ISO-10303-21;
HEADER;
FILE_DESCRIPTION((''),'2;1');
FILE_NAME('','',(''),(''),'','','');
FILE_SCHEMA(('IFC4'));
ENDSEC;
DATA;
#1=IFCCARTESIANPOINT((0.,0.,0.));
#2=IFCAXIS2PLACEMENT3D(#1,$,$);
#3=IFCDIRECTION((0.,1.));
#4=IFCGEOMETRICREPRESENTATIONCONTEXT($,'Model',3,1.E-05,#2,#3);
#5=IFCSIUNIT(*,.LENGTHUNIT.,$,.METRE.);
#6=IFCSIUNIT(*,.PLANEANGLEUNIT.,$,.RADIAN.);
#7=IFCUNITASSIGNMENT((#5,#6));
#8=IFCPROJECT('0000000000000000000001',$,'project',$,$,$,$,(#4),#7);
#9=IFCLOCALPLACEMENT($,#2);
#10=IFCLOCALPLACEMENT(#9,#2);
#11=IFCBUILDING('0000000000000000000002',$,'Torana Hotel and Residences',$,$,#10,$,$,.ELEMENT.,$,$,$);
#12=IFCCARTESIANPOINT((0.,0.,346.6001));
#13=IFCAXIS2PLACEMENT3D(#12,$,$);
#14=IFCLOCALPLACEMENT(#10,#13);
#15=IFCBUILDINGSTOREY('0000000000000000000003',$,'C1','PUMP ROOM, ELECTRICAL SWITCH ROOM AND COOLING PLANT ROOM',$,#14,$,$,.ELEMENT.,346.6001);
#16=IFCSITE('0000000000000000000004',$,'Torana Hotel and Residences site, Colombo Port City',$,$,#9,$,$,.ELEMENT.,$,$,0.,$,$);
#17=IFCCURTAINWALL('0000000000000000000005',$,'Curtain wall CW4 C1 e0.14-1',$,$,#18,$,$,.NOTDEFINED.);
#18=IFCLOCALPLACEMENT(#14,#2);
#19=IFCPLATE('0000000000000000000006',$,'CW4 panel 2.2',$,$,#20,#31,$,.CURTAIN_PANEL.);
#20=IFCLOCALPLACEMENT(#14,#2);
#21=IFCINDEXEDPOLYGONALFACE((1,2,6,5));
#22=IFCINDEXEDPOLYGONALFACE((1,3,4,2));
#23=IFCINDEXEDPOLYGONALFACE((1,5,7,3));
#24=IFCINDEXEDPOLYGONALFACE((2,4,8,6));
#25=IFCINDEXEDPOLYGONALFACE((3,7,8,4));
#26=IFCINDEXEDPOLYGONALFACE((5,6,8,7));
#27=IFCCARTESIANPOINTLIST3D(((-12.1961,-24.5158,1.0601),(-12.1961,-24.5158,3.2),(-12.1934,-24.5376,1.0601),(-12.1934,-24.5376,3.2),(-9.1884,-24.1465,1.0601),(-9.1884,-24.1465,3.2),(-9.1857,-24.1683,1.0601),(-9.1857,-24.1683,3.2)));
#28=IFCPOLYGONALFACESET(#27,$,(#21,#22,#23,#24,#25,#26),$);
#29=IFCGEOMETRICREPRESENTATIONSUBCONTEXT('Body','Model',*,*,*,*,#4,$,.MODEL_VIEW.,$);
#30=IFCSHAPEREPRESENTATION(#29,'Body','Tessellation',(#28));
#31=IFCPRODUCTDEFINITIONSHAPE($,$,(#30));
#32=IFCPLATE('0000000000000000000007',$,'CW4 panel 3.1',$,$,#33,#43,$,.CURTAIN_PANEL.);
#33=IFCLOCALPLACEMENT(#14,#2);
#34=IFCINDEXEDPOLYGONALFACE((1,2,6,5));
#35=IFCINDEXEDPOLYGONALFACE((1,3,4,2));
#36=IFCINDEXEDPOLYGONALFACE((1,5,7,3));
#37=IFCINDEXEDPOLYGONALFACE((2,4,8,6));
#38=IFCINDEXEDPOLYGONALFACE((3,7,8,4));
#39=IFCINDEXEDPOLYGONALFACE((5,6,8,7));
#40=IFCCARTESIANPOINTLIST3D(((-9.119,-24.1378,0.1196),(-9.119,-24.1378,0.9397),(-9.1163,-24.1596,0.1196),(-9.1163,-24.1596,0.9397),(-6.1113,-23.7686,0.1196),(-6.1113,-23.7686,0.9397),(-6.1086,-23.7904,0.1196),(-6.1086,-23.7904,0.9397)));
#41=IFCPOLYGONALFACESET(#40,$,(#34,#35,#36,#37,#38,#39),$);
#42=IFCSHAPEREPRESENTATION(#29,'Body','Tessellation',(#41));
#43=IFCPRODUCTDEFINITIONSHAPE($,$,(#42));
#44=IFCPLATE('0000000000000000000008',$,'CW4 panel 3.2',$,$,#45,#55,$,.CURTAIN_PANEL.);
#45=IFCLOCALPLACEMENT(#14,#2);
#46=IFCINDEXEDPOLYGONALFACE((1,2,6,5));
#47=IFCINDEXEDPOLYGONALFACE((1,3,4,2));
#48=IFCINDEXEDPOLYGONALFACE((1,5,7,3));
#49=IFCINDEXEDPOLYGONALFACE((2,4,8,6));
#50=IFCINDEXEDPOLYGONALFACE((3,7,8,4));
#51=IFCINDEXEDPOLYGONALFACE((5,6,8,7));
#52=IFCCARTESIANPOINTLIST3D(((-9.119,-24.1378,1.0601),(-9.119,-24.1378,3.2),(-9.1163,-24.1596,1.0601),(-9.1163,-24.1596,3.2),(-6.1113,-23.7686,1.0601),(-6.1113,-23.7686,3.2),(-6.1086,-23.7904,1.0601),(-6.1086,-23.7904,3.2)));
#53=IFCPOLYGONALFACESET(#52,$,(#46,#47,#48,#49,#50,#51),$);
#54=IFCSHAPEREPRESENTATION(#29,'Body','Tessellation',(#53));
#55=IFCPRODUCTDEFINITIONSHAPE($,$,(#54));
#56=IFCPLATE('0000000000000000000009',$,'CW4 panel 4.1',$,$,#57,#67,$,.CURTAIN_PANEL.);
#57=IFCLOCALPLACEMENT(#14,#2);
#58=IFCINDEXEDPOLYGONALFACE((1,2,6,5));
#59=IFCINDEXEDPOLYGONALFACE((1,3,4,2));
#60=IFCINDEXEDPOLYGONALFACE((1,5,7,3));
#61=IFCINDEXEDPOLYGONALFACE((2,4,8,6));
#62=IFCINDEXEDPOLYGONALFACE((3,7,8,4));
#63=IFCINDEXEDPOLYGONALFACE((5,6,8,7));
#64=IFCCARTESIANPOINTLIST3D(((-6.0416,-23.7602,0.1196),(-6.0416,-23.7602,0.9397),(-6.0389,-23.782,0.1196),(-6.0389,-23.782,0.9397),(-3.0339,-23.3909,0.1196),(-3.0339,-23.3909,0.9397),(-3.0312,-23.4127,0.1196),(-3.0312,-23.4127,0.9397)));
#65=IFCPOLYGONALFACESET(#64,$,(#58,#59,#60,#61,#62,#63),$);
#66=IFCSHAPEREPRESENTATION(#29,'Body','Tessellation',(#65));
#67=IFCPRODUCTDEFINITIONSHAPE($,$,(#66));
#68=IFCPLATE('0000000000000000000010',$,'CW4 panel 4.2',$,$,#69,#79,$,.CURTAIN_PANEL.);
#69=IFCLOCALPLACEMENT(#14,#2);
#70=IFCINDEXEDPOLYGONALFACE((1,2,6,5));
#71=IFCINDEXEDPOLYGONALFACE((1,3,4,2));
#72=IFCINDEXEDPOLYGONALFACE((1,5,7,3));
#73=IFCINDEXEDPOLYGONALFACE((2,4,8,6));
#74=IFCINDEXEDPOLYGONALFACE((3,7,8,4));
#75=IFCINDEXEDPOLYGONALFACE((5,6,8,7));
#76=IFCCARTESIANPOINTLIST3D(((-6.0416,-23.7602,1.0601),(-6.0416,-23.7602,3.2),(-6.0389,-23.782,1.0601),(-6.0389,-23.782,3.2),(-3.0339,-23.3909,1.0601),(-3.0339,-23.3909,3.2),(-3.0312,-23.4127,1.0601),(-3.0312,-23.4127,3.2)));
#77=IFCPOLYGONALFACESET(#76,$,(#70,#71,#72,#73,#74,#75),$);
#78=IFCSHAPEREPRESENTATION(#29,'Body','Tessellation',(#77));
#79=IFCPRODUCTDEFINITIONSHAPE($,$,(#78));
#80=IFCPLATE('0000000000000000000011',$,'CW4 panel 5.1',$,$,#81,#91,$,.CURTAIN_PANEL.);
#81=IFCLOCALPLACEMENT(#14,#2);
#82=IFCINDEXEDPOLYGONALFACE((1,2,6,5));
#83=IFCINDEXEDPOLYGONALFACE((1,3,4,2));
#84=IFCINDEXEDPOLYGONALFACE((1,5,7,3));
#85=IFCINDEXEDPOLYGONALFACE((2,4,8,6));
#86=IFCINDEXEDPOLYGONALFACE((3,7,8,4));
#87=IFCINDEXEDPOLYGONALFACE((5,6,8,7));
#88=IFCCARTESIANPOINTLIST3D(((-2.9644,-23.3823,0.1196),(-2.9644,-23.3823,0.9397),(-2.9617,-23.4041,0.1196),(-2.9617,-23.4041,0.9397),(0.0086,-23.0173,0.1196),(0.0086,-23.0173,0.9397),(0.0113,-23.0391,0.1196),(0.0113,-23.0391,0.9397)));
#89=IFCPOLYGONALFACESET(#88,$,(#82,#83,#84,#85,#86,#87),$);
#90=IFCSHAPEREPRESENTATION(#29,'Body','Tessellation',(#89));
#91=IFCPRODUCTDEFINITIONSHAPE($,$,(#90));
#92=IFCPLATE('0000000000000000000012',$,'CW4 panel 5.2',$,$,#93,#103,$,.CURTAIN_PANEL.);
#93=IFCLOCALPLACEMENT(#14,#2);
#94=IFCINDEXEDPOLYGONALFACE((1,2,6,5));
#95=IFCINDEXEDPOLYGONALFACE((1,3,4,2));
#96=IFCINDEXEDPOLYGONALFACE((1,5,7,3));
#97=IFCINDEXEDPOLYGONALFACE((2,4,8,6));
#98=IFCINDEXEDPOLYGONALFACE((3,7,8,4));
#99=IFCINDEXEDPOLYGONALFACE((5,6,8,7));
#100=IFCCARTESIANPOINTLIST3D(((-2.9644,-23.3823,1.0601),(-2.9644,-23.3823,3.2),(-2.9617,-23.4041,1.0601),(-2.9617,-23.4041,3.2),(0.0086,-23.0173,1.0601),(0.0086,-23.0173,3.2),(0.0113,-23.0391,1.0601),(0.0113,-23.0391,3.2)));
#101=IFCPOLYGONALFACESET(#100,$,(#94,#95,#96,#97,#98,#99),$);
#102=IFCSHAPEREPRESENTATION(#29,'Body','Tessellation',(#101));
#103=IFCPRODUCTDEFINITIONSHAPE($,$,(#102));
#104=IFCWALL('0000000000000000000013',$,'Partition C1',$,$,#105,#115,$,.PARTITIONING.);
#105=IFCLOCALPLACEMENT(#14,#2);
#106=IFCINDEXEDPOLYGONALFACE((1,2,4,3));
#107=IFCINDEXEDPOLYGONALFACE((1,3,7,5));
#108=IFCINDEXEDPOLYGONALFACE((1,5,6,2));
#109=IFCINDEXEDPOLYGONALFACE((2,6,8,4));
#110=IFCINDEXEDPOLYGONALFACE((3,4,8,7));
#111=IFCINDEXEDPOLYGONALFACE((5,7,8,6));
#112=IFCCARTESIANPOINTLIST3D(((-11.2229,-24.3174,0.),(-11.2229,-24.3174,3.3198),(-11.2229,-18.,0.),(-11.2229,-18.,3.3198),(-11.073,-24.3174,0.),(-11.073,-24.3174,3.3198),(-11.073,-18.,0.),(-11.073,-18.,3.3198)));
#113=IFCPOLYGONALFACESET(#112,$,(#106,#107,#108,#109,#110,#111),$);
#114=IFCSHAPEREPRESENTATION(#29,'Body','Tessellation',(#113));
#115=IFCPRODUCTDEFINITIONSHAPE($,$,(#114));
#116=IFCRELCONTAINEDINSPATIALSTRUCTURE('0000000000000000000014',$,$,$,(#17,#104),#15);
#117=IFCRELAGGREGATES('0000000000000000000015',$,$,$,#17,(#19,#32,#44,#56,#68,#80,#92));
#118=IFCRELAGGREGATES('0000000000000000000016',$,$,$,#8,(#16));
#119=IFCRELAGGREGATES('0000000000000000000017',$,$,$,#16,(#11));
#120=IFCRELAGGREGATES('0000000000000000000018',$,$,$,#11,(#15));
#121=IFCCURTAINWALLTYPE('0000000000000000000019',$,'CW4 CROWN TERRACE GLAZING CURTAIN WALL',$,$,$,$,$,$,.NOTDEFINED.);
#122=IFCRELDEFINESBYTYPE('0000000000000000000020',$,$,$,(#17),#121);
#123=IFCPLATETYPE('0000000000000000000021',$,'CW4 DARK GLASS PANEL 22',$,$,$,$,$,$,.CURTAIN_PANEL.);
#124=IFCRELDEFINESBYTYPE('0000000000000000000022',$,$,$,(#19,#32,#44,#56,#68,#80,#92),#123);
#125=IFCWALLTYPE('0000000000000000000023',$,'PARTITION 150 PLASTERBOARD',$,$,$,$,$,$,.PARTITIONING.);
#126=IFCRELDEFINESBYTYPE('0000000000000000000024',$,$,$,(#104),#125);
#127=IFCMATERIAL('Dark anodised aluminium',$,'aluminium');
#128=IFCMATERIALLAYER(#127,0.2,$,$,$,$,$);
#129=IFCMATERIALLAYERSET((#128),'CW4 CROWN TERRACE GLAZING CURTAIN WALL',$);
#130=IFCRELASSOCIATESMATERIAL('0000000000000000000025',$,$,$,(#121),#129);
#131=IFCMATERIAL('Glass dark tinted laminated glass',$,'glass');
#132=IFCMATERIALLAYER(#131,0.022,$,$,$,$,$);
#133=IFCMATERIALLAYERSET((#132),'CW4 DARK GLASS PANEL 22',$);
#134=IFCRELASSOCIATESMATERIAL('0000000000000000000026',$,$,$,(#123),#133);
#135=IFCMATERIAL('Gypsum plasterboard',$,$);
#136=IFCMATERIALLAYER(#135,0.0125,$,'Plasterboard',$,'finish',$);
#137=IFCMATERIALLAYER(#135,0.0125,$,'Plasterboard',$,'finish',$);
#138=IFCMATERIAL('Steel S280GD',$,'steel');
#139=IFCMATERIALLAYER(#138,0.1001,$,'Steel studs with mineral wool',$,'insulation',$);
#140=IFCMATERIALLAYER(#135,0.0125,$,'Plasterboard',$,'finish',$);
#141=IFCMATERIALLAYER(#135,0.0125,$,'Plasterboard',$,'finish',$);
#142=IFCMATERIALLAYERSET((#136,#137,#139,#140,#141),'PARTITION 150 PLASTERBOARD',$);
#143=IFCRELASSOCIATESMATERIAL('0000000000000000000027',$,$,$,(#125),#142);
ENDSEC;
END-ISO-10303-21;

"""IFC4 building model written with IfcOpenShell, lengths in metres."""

from ifc_helpers import new_model, si_unit, direction, frame, frame_2d, origin, origin_2d, place, context, subcontext, project, spatial, rectangle, extrude, material, layer, layer_set, type_object, element, aggregate, save


model = new_model("IFC4")

# Units and contexts
model_context = context("Model", 3, precision=1e-05, world=origin(), true_north=direction((0.0, 1.0)))
body_context = subcontext(model_context, "Body", "Model", "MODEL_VIEW")
ifc_project = project(units=[si_unit("LENGTHUNIT", "METRE"), si_unit("PLANEANGLEUNIT", "RADIAN")], contexts=[model_context])

# Site, building, storey
site_placement = place(None, origin())
site = spatial("IfcSite", under=ifc_project, at=site_placement, Name="Torana Hotel and Residences site, Colombo Port City", CompositionType="ELEMENT", RefElevation=0.0)
building_placement = place(site_placement, origin())
building = spatial("IfcBuilding", under=site, at=building_placement, Name="Torana Hotel and Residences", CompositionType="ELEMENT")
storey_placement = place(building_placement, frame((0.0, 0.0, 346.6001)))
storey = spatial("IfcBuildingStorey", under=building, at=storey_placement, Name="C1", Description="PUMP ROOM, ELECTRICAL SWITCH ROOM AND COOLING PLANT ROOM", CompositionType="ELEMENT", Elevation=346.6001)

# Curtain wall, plates
ifc_material_1 = material(Name="Dark anodised aluminium", Category="aluminium")
ifc_layer_1 = layer(ifc_material_1, 0.2)
ifc_layer_set_1 = layer_set([ifc_layer_1], Name="CW4 CROWN TERRACE GLAZING CURTAIN WALL")
curtain_wall_type = type_object("IfcCurtainWallType", Name="CW4 CROWN TERRACE GLAZING CURTAIN WALL", PredefinedType="NOTDEFINED", material=ifc_layer_set_1)
curtain_wall_placement = place(storey_placement, origin())
curtain_wall = element("IfcCurtainWall", 1, at=curtain_wall_placement, inside=storey, type_object=curtain_wall_type, Name="Curtain wall CW4 C1 e0.14-1", PredefinedType="NOTDEFINED")
ifc_material_2 = material(Name="Glass dark tinted laminated glass", Category="glass")
ifc_layer_2 = layer(ifc_material_2, 0.022)
ifc_layer_set_2 = layer_set([ifc_layer_2], Name="CW4 DARK GLASS PANEL 22")
plate_type = type_object("IfcPlateType", Name="CW4 DARK GLASS PANEL 22", PredefinedType="CURTAIN_PANEL", material=ifc_layer_set_2)
plate_1_placement = place(storey_placement, frame((-10.6909, -24.342, 1.0601), z_axis=(0.0, 0.0, 1.0), x_axis=(0.992548, 0.121858, 0.0)))
plate_1 = element("IfcPlate", 2, at=plate_1_placement, type_object=plate_type, Name="CW4 panel 2.2", PredefinedType="CURTAIN_PANEL", context=body_context, shape_type="SweptSolid", body=[
    extrude(rectangle(XDim=3.0303, YDim=0.022, at=origin_2d()), origin(), (0.0, 0.0, 1.0), 2.1399),
])
plate_2_placement = place(storey_placement, frame((-7.6138, -23.9641, 0.1196), z_axis=(0.0, 0.0, 1.0), x_axis=(0.992548, 0.121858, 0.0)))
plate_2 = element("IfcPlate", 3, at=plate_2_placement, type_object=plate_type, Name="CW4 panel 3.1", PredefinedType="CURTAIN_PANEL", context=body_context, shape_type="SweptSolid", body=[
    extrude(rectangle(XDim=3.0303, YDim=0.022, at=origin_2d()), origin(), (0.0, 0.0, 1.0), 0.8201),
])
plate_3_placement = place(storey_placement, frame((-7.6138, -23.9641, 1.0601), z_axis=(0.0, 0.0, 1.0), x_axis=(0.992548, 0.121858, 0.0)))
plate_3 = element("IfcPlate", 4, at=plate_3_placement, type_object=plate_type, Name="CW4 panel 3.2", PredefinedType="CURTAIN_PANEL", context=body_context, shape_type="SweptSolid", body=[
    extrude(rectangle(XDim=3.0303, YDim=0.022, at=origin_2d()), origin(), (0.0, 0.0, 1.0), 2.1399),
])
plate_4_placement = place(storey_placement, frame((-4.5364, -23.5864, 0.1196), z_axis=(0.0, 0.0, 1.0), x_axis=(0.992548, 0.121858, 0.0)))
plate_4 = element("IfcPlate", 5, at=plate_4_placement, type_object=plate_type, Name="CW4 panel 4.1", PredefinedType="CURTAIN_PANEL", context=body_context, shape_type="SweptSolid", body=[
    extrude(rectangle(XDim=3.0303, YDim=0.022, at=origin_2d()), origin(), (0.0, 0.0, 1.0), 0.8201),
])
plate_5_placement = place(storey_placement, frame((-4.5364, -23.5864, 1.0601), z_axis=(0.0, 0.0, 1.0), x_axis=(0.992548, 0.121858, 0.0)))
plate_5 = element("IfcPlate", 6, at=plate_5_placement, type_object=plate_type, Name="CW4 panel 4.2", PredefinedType="CURTAIN_PANEL", context=body_context, shape_type="SweptSolid", body=[
    extrude(rectangle(XDim=3.0303, YDim=0.022, at=origin_2d()), origin(), (0.0, 0.0, 1.0), 2.1399),
])
plate_6_placement = place(storey_placement, frame((-1.4766, -23.2107, 0.1196), z_axis=(0.0, 0.0, 1.0), x_axis=(0.992548, 0.121858, 0.0)))
plate_6 = element("IfcPlate", 7, at=plate_6_placement, type_object=plate_type, Name="CW4 panel 5.1", PredefinedType="CURTAIN_PANEL", context=body_context, shape_type="SweptSolid", body=[
    extrude(rectangle(XDim=2.9954, YDim=0.022, at=origin_2d()), origin(), (0.0, 0.0, 1.0), 0.8201),
])
plate_7_placement = place(storey_placement, frame((-1.4766, -23.2107, 1.0601), z_axis=(0.0, 0.0, 1.0), x_axis=(0.992548, 0.121858, 0.0)))
plate_7 = element("IfcPlate", 8, at=plate_7_placement, type_object=plate_type, Name="CW4 panel 5.2", PredefinedType="CURTAIN_PANEL", context=body_context, shape_type="SweptSolid", body=[
    extrude(rectangle(XDim=2.9954, YDim=0.022, at=origin_2d()), origin(), (0.0, 0.0, 1.0), 2.1399),
])
aggregate(curtain_wall, [plate_1, plate_2, plate_3, plate_4, plate_5, plate_6, plate_7])

# Wall
ifc_material_3 = material(Name="Gypsum plasterboard")
ifc_layer_3 = layer(ifc_material_3, 0.0125, Name="Plasterboard", Category="finish")
ifc_layer_4 = layer(ifc_material_3, 0.0125, Name="Plasterboard", Category="finish")
ifc_material_4 = material(Name="Steel S280GD", Category="steel")
ifc_layer_5 = layer(ifc_material_4, 0.1001, Name="Steel studs with mineral wool", Category="insulation")
ifc_layer_6 = layer(ifc_material_3, 0.0125, Name="Plasterboard", Category="finish")
ifc_layer_7 = layer(ifc_material_3, 0.0125, Name="Plasterboard", Category="finish")
ifc_layer_set_3 = layer_set([ifc_layer_3, ifc_layer_4, ifc_layer_5, ifc_layer_6, ifc_layer_7], Name="PARTITION 150 PLASTERBOARD")
wall_type = type_object("IfcWallType", Name="PARTITION 150 PLASTERBOARD", PredefinedType="PARTITIONING", material=ifc_layer_set_3)
wall_placement = place(storey_placement, frame((-11.1479, -24.3174, 0.0), z_axis=(0.0, 0.0, 1.0), x_axis=(0.0, 1.0, 0.0)))
element("IfcWall", 9, at=wall_placement, inside=storey, type_object=wall_type, Name="Partition C1", PredefinedType="PARTITIONING", context=body_context, shape_type="SweptSolid", body=[
    extrude(rectangle(XDim=6.3174, YDim=0.1499, at=frame_2d((3.1587, 0.0))), origin(), (0.0, 0.0, 1.0), 3.3198),
])

save(model, "model.ifc")
